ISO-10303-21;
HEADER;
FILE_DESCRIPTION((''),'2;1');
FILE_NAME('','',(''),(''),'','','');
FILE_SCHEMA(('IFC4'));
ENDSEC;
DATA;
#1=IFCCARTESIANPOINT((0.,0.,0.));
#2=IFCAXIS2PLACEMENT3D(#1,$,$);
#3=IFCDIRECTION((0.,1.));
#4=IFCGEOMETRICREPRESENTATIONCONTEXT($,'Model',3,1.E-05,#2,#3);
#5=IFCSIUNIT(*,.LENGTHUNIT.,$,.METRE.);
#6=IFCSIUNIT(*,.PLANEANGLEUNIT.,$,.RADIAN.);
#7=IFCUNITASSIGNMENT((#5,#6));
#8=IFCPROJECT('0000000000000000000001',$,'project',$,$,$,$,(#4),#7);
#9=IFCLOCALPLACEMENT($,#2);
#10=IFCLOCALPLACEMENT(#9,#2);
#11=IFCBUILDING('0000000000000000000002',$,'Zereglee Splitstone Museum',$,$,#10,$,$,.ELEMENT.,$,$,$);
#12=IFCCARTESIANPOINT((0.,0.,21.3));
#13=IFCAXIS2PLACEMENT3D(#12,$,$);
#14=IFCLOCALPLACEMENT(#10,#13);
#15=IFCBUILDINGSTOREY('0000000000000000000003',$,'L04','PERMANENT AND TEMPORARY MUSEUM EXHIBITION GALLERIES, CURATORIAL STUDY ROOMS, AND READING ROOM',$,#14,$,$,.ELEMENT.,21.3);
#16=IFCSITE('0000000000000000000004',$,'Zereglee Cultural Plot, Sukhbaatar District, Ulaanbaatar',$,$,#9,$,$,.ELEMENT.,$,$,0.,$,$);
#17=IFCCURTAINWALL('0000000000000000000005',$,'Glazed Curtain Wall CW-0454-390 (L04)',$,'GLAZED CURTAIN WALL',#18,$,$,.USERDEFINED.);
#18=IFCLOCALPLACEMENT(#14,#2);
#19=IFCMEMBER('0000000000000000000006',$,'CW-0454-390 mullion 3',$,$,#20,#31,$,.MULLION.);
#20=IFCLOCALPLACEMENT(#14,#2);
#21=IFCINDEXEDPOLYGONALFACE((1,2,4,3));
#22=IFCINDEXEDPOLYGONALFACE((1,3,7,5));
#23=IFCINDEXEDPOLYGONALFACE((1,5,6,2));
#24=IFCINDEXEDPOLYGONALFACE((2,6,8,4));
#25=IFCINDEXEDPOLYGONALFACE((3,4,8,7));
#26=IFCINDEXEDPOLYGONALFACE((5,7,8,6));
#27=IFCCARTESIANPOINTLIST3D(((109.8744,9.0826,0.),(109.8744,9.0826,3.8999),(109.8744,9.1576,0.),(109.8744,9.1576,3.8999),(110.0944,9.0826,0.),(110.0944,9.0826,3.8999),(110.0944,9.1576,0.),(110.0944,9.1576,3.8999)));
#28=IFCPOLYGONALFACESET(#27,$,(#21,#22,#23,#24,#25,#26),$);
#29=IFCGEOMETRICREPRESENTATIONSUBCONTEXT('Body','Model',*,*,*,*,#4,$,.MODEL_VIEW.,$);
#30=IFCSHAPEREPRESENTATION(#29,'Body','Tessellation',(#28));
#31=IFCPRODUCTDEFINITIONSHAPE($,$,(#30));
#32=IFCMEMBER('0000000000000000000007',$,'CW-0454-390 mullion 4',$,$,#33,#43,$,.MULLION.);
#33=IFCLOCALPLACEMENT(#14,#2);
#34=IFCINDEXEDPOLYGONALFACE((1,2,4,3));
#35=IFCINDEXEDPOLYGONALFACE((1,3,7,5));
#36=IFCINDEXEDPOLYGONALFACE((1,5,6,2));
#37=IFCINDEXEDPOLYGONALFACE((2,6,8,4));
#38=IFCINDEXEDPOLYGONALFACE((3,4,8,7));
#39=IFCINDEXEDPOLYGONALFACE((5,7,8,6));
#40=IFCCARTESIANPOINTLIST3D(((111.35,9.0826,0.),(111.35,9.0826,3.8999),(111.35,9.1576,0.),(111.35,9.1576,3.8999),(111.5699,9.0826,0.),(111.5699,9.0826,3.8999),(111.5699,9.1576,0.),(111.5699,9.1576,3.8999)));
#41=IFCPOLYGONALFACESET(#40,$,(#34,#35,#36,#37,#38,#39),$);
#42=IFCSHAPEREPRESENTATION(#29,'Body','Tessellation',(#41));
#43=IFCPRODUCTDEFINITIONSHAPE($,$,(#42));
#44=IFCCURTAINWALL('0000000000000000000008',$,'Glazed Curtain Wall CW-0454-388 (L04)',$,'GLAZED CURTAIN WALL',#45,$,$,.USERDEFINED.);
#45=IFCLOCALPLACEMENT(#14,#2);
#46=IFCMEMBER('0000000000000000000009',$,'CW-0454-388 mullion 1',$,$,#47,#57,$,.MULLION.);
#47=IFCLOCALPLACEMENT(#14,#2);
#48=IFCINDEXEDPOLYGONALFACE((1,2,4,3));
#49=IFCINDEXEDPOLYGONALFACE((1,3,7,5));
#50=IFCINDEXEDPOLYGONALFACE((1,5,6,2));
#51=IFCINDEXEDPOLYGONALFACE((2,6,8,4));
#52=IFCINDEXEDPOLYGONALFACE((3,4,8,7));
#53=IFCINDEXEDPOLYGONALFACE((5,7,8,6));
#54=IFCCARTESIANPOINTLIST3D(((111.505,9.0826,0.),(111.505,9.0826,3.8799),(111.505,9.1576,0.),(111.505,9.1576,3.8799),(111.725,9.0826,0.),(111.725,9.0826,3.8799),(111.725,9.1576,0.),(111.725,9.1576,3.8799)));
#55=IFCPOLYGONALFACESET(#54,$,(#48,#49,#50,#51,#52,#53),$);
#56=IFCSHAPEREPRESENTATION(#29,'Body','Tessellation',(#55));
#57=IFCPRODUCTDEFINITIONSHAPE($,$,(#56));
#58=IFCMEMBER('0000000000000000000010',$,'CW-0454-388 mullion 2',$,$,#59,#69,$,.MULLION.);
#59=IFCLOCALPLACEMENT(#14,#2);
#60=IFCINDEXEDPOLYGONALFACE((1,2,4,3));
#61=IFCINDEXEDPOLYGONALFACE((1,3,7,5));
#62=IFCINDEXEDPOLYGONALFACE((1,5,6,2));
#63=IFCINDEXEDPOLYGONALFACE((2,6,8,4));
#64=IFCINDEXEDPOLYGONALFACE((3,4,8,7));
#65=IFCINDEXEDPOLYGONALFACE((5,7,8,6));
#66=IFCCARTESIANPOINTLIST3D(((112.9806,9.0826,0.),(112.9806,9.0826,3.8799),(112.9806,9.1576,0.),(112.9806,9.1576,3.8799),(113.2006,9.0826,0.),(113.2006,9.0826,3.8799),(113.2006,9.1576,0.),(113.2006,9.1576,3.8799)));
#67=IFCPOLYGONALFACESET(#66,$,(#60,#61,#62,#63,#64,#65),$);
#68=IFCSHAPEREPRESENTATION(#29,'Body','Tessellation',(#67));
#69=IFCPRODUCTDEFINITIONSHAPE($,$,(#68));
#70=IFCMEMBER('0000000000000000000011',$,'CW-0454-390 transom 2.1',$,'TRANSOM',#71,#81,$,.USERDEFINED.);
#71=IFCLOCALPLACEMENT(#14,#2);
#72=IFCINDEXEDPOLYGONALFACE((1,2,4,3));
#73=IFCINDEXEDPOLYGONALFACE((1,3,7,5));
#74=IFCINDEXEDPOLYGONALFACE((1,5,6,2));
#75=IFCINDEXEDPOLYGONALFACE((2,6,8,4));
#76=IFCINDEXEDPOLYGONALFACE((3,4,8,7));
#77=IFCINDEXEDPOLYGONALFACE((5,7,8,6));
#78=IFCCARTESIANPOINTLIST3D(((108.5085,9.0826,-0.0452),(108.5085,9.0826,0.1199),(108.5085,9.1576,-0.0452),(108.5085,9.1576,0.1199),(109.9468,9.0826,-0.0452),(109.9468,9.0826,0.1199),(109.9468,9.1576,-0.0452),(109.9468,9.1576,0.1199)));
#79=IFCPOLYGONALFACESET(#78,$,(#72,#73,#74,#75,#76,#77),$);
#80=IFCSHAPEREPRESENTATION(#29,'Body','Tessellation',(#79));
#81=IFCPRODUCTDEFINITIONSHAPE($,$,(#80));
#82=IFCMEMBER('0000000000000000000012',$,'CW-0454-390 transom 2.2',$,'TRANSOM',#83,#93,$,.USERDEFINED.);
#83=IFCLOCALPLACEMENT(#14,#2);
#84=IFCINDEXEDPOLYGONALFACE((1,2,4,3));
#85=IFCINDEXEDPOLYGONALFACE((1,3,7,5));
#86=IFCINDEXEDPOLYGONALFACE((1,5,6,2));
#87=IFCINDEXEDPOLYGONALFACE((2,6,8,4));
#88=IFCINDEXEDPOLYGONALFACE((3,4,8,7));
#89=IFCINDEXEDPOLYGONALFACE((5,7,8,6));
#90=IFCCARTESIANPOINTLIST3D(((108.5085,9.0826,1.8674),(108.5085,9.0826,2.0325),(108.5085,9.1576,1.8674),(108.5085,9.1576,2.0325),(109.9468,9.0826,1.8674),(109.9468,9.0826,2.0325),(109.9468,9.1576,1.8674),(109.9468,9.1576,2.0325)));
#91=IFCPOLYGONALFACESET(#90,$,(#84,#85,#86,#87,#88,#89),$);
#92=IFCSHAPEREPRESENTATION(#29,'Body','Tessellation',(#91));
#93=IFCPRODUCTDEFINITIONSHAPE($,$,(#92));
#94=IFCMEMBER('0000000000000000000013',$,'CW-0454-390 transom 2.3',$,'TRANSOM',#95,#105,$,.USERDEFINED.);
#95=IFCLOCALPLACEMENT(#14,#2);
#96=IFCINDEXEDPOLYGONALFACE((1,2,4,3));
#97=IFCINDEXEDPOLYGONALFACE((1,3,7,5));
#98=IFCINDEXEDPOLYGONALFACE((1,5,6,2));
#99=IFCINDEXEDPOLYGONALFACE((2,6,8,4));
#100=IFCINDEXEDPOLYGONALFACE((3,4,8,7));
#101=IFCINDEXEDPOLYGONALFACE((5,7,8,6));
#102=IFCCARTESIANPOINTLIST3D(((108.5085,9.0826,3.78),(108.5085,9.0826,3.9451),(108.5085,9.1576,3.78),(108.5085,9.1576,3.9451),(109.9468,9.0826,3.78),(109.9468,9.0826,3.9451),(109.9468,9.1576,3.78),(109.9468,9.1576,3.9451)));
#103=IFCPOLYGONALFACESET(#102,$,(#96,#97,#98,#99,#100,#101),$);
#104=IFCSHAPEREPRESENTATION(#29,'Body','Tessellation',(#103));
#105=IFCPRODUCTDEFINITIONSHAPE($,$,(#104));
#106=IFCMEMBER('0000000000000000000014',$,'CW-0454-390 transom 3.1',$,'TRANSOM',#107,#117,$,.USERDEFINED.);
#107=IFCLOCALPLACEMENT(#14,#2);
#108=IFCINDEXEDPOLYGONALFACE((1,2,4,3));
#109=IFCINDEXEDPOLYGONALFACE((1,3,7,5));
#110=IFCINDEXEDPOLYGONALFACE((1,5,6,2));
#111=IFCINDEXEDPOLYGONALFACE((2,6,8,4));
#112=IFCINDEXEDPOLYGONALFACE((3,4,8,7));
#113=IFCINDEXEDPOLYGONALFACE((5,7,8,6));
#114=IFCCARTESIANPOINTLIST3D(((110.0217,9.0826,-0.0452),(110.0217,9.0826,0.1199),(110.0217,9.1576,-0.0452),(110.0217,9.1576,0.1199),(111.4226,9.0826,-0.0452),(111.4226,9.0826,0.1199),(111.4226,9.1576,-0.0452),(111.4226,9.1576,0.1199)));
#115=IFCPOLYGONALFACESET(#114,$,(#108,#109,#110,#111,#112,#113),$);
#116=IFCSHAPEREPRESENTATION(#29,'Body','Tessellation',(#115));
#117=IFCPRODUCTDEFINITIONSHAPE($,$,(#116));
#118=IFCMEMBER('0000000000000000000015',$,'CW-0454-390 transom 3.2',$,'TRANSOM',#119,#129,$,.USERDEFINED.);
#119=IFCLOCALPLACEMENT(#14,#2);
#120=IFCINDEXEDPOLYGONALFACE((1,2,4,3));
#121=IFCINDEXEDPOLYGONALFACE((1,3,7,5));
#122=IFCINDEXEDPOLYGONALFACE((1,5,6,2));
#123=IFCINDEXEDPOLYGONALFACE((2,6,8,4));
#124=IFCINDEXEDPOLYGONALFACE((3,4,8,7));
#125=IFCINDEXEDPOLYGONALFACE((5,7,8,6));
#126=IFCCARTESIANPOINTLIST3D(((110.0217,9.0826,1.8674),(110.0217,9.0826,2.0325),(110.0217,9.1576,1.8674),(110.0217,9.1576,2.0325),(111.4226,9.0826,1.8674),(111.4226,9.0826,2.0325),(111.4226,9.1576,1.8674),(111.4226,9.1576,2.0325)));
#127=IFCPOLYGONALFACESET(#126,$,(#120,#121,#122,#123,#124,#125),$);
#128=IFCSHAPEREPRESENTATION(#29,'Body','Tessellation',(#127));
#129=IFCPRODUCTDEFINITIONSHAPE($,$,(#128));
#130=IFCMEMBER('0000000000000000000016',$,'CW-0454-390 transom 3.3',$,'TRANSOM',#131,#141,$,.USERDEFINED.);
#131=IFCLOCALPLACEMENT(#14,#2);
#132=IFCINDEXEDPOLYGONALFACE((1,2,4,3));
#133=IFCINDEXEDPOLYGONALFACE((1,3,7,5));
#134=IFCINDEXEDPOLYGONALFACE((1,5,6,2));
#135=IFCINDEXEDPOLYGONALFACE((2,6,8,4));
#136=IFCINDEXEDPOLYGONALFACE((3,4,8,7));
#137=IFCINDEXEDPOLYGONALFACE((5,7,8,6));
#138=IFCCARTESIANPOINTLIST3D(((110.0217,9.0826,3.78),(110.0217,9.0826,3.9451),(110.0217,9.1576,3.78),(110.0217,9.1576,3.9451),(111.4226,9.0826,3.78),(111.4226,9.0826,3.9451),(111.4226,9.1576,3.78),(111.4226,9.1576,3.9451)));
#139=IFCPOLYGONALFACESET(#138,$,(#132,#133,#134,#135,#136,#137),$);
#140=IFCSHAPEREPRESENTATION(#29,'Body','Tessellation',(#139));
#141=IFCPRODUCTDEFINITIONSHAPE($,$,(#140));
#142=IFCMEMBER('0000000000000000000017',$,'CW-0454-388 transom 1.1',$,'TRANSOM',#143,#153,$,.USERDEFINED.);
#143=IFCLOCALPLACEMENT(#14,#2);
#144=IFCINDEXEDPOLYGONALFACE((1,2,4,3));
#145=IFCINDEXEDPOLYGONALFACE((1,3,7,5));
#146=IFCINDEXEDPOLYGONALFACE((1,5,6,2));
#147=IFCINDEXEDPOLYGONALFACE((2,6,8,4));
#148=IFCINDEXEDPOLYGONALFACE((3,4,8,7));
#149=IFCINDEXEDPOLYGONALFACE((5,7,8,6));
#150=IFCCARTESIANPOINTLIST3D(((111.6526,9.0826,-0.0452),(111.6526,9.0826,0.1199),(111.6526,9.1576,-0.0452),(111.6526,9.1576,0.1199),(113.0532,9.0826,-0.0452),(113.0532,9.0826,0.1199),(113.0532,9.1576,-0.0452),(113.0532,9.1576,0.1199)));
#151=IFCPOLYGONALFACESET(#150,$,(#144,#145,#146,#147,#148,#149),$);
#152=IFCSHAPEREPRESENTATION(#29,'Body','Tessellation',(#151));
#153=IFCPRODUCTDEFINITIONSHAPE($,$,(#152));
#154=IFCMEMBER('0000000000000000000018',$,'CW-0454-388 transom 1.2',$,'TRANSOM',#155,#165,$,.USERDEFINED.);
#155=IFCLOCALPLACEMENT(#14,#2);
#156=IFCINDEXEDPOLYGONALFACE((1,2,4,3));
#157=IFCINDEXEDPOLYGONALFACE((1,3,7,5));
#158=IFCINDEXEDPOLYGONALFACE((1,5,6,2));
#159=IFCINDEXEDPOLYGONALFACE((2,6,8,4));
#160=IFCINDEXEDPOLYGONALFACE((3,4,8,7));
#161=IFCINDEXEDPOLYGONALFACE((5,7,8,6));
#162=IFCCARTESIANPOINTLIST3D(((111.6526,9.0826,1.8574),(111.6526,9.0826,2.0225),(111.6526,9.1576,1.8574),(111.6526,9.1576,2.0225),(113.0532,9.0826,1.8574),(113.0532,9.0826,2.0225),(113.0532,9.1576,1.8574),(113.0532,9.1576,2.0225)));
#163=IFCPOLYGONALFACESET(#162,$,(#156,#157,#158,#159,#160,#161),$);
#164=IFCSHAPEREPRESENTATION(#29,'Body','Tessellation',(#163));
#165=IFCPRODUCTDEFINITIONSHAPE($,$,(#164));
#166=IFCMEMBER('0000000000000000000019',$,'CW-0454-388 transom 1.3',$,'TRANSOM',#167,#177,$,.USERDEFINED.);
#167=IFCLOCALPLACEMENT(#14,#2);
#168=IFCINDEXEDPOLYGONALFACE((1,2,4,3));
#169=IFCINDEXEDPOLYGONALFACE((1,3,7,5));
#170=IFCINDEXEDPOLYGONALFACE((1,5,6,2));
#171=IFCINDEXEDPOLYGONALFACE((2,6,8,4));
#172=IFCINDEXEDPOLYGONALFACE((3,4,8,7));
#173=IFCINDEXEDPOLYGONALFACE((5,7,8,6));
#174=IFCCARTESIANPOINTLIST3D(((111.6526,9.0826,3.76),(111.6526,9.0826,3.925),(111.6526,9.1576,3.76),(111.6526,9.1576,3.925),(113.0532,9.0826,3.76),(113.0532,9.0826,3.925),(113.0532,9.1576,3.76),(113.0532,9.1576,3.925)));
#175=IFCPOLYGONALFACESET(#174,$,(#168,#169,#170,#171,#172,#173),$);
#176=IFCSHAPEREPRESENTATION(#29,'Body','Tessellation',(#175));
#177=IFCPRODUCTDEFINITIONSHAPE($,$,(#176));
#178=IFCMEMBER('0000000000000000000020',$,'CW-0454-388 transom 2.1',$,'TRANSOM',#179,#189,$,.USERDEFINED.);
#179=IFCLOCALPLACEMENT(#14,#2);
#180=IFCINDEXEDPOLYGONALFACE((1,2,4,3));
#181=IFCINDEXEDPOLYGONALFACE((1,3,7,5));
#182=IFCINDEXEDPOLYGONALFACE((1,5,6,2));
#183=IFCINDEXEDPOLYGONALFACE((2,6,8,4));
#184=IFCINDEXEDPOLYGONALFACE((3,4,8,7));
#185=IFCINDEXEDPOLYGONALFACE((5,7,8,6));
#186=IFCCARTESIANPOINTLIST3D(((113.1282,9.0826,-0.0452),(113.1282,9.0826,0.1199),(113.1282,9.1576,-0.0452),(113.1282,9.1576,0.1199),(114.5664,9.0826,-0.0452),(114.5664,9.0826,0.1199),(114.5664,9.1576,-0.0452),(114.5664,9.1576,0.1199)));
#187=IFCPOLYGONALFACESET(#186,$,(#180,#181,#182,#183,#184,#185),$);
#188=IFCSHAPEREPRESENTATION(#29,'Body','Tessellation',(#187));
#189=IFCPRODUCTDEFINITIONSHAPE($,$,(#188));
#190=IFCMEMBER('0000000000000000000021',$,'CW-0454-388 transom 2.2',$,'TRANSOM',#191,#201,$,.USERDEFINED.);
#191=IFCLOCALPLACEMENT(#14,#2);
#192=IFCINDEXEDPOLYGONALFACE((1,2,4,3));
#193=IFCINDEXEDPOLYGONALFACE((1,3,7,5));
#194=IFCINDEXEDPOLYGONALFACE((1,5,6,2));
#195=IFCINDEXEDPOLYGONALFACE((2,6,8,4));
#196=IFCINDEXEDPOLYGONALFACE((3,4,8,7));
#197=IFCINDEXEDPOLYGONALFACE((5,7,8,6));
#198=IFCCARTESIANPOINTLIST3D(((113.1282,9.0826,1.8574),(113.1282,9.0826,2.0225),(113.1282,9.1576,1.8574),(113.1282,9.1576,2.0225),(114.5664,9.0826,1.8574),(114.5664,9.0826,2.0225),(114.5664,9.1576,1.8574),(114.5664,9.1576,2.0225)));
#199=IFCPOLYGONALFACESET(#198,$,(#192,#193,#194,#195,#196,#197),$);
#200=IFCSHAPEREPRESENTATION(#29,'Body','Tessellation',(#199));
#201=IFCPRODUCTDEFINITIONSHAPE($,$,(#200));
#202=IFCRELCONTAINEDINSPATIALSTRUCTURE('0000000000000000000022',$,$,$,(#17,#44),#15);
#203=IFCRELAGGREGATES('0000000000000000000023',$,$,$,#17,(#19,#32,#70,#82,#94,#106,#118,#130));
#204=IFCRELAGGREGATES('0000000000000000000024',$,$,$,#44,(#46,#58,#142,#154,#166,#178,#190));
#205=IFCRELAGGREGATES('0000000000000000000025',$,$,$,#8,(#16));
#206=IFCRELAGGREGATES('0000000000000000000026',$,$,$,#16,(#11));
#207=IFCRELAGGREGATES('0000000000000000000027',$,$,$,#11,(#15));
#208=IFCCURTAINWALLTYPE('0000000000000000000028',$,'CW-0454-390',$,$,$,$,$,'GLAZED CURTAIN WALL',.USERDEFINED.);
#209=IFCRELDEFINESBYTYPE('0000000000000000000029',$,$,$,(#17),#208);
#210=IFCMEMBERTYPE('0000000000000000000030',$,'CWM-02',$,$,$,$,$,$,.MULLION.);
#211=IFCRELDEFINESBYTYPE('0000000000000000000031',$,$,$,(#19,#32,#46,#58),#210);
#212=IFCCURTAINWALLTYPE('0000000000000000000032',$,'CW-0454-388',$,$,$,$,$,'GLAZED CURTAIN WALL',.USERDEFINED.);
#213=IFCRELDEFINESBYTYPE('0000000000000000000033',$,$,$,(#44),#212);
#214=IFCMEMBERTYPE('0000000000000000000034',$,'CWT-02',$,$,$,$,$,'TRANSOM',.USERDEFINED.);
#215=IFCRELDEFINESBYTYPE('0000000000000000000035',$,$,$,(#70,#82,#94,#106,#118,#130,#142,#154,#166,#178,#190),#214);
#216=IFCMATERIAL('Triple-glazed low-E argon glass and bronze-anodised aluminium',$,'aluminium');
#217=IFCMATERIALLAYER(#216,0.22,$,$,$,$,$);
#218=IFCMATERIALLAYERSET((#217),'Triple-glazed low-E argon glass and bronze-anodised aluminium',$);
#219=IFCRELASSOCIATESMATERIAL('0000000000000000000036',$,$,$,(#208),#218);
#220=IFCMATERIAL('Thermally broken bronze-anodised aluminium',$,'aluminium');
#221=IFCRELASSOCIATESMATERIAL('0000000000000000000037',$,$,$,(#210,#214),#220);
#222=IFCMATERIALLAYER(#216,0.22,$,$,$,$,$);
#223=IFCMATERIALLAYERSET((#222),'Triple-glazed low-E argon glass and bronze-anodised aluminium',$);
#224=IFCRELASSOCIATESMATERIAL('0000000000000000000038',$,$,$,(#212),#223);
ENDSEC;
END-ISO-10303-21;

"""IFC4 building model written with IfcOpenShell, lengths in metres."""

from ifc_helpers import new_model, si_unit, direction, frame, origin, origin_2d, place, context, subcontext, project, spatial, rectangle, extrude, material, layer, layer_set, material_profile, profile_set, type_object, element, aggregate, save


model = new_model("IFC4")

# Units and contexts
model_context = context("Model", 3, precision=1e-05, world=origin(), true_north=direction((0.0, 1.0)))
body_context = subcontext(model_context, "Body", "Model", "MODEL_VIEW")
ifc_project = project(units=[si_unit("LENGTHUNIT", "METRE"), si_unit("PLANEANGLEUNIT", "RADIAN")], contexts=[model_context])

# Site, building, storey
site_placement = place(None, origin())
site = spatial("IfcSite", under=ifc_project, at=site_placement, Name="Zereglee Cultural Plot, Sukhbaatar District, Ulaanbaatar", CompositionType="ELEMENT", RefElevation=0.0)
building_placement = place(site_placement, origin())
building = spatial("IfcBuilding", under=site, at=building_placement, Name="Zereglee Splitstone Museum", CompositionType="ELEMENT")
storey_placement = place(building_placement, frame((0.0, 0.0, 21.3)))
storey = spatial("IfcBuildingStorey", under=building, at=storey_placement, Name="L04", Description="PERMANENT AND TEMPORARY MUSEUM EXHIBITION GALLERIES, CURATORIAL STUDY ROOMS, AND READING ROOM", CompositionType="ELEMENT", Elevation=21.3)

# Curtain walls, members
ifc_material_1 = material(Name="Triple-glazed low-E argon glass and bronze-anodised aluminium", Category="aluminium")
ifc_layer_1 = layer(ifc_material_1, 0.22)
ifc_layer_set_1 = layer_set([ifc_layer_1], Name="Triple-glazed low-E argon glass and bronze-anodised aluminium")
curtain_wall_type_1 = type_object("IfcCurtainWallType", Name="CW-0454-390", ElementType="GLAZED CURTAIN WALL", PredefinedType="USERDEFINED", material=ifc_layer_set_1)
curtain_wall_1_placement = place(storey_placement, origin())
curtain_wall_1 = element("IfcCurtainWall", 1, at=curtain_wall_1_placement, inside=storey, type_object=curtain_wall_type_1, Name="Glazed Curtain Wall CW-0454-390 (L04)", ObjectType="GLAZED CURTAIN WALL", PredefinedType="USERDEFINED")
ifc_material_2 = material(Name="Thermally broken bronze-anodised aluminium", Category="aluminium")
ifc_material_profile_1 = material_profile(ifc_material_2, rectangle(XDim=0.075, YDim=0.22, at=origin_2d()), Name="CW MULL 75x220")
ifc_profile_set_1 = profile_set([ifc_material_profile_1], Name="Thermally broken bronze-anodised aluminium")
member_type_1 = type_object("IfcMemberType", Name="CWM-02", PredefinedType="MULLION", material=ifc_profile_set_1)
member_1_placement = place(storey_placement, frame((109.9844, 9.1201, 0.0), z_axis=(0.0, 0.0, 1.0), x_axis=(0.0, 1.0, 0.0)))
member_1 = element("IfcMember", 2, at=member_1_placement, type_object=member_type_1, Name="CW-0454-390 mullion 3", PredefinedType="MULLION", context=body_context, shape_type="SweptSolid", body=[
    extrude(rectangle(XDim=0.075, YDim=0.22, at=origin_2d()), origin(), (0.0, 0.0, 1.0), 3.8999),
])
member_2_placement = place(storey_placement, frame((111.46, 9.1201, 0.0), z_axis=(0.0, 0.0, 1.0), x_axis=(0.0, 1.0, 0.0)))
member_2 = element("IfcMember", 3, at=member_2_placement, type_object=member_type_1, Name="CW-0454-390 mullion 4", PredefinedType="MULLION", context=body_context, shape_type="SweptSolid", body=[
    extrude(rectangle(XDim=0.075, YDim=0.22, at=origin_2d()), origin(), (0.0, 0.0, 1.0), 3.8999),
])
ifc_layer_2 = layer(ifc_material_1, 0.22)
ifc_layer_set_2 = layer_set([ifc_layer_2], Name="Triple-glazed low-E argon glass and bronze-anodised aluminium")
curtain_wall_type_2 = type_object("IfcCurtainWallType", Name="CW-0454-388", ElementType="GLAZED CURTAIN WALL", PredefinedType="USERDEFINED", material=ifc_layer_set_2)
curtain_wall_2_placement = place(storey_placement, origin())
curtain_wall_2 = element("IfcCurtainWall", 4, at=curtain_wall_2_placement, inside=storey, type_object=curtain_wall_type_2, Name="Glazed Curtain Wall CW-0454-388 (L04)", ObjectType="GLAZED CURTAIN WALL", PredefinedType="USERDEFINED")
member_3_placement = place(storey_placement, frame((111.615, 9.1201, 0.0), z_axis=(0.0, 0.0, 1.0), x_axis=(0.0, 1.0, 0.0)))
member_3 = element("IfcMember", 5, at=member_3_placement, type_object=member_type_1, Name="CW-0454-388 mullion 1", PredefinedType="MULLION", context=body_context, shape_type="SweptSolid", body=[
    extrude(rectangle(XDim=0.075, YDim=0.22, at=origin_2d()), origin(), (0.0, 0.0, 1.0), 3.8799),
])
member_4_placement = place(storey_placement, frame((113.0906, 9.1201, 0.0), z_axis=(0.0, 0.0, 1.0), x_axis=(0.0, 1.0, 0.0)))
member_4 = element("IfcMember", 6, at=member_4_placement, type_object=member_type_1, Name="CW-0454-388 mullion 2", PredefinedType="MULLION", context=body_context, shape_type="SweptSolid", body=[
    extrude(rectangle(XDim=0.075, YDim=0.22, at=origin_2d()), origin(), (0.0, 0.0, 1.0), 3.8799),
])

# Members
ifc_material_profile_2 = material_profile(ifc_material_2, rectangle(XDim=0.075, YDim=0.165, at=origin_2d()), Name="CW TRAN 75x165")
ifc_profile_set_2 = profile_set([ifc_material_profile_2], Name="Thermally broken bronze-anodised aluminium")
member_type_2 = type_object("IfcMemberType", Name="CWT-02", ElementType="TRANSOM", PredefinedType="USERDEFINED", material=ifc_profile_set_2)
member_5_placement = place(storey_placement, frame((108.5085, 9.1201, 0.0374), z_axis=(1.0, 0.0, 0.0), x_axis=(0.0, 1.0, 0.0)))
member_5 = element("IfcMember", 7, at=member_5_placement, type_object=member_type_2, Name="CW-0454-390 transom 2.1", ObjectType="TRANSOM", PredefinedType="USERDEFINED", context=body_context, shape_type="SweptSolid", body=[
    extrude(rectangle(XDim=0.075, YDim=0.165, at=origin_2d()), origin(), (0.0, 0.0, 1.0), 1.4382),
])
member_6_placement = place(storey_placement, frame((108.5085, 9.1201, 1.95), z_axis=(1.0, 0.0, 0.0), x_axis=(0.0, 1.0, 0.0)))
member_6 = element("IfcMember", 8, at=member_6_placement, type_object=member_type_2, Name="CW-0454-390 transom 2.2", ObjectType="TRANSOM", PredefinedType="USERDEFINED", context=body_context, shape_type="SweptSolid", body=[
    extrude(rectangle(XDim=0.075, YDim=0.165, at=origin_2d()), origin(), (0.0, 0.0, 1.0), 1.4382),
])
member_7_placement = place(storey_placement, frame((108.5085, 9.1201, 3.8625), z_axis=(1.0, 0.0, 0.0), x_axis=(0.0, 1.0, 0.0)))
member_7 = element("IfcMember", 9, at=member_7_placement, type_object=member_type_2, Name="CW-0454-390 transom 2.3", ObjectType="TRANSOM", PredefinedType="USERDEFINED", context=body_context, shape_type="SweptSolid", body=[
    extrude(rectangle(XDim=0.075, YDim=0.165, at=origin_2d()), origin(), (0.0, 0.0, 1.0), 1.4382),
])
member_8_placement = place(storey_placement, frame((110.0217, 9.1201, 0.0374), z_axis=(1.0, 0.0, 0.0), x_axis=(0.0, 1.0, 0.0)))
member_8 = element("IfcMember", 10, at=member_8_placement, type_object=member_type_2, Name="CW-0454-390 transom 3.1", ObjectType="TRANSOM", PredefinedType="USERDEFINED", context=body_context, shape_type="SweptSolid", body=[
    extrude(rectangle(XDim=0.075, YDim=0.165, at=origin_2d()), origin(), (0.0, 0.0, 1.0), 1.4009),
])
member_9_placement = place(storey_placement, frame((110.0217, 9.1201, 1.95), z_axis=(1.0, 0.0, 0.0), x_axis=(0.0, 1.0, 0.0)))
member_9 = element("IfcMember", 11, at=member_9_placement, type_object=member_type_2, Name="CW-0454-390 transom 3.2", ObjectType="TRANSOM", PredefinedType="USERDEFINED", context=body_context, shape_type="SweptSolid", body=[
    extrude(rectangle(XDim=0.075, YDim=0.165, at=origin_2d()), origin(), (0.0, 0.0, 1.0), 1.4009),
])
member_10_placement = place(storey_placement, frame((110.0217, 9.1201, 3.8625), z_axis=(1.0, 0.0, 0.0), x_axis=(0.0, 1.0, 0.0)))
member_10 = element("IfcMember", 12, at=member_10_placement, type_object=member_type_2, Name="CW-0454-390 transom 3.3", ObjectType="TRANSOM", PredefinedType="USERDEFINED", context=body_context, shape_type="SweptSolid", body=[
    extrude(rectangle(XDim=0.075, YDim=0.165, at=origin_2d()), origin(), (0.0, 0.0, 1.0), 1.4009),
])
member_11_placement = place(storey_placement, frame((111.6526, 9.1201, 0.0374), z_axis=(1.0, 0.0, 0.0), x_axis=(0.0, 1.0, 0.0)))
member_11 = element("IfcMember", 13, at=member_11_placement, type_object=member_type_2, Name="CW-0454-388 transom 1.1", ObjectType="TRANSOM", PredefinedType="USERDEFINED", context=body_context, shape_type="SweptSolid", body=[
    extrude(rectangle(XDim=0.075, YDim=0.165, at=origin_2d()), origin(), (0.0, 0.0, 1.0), 1.4006),
])
member_12_placement = place(storey_placement, frame((111.6526, 9.1201, 1.9399), z_axis=(1.0, 0.0, 0.0), x_axis=(0.0, 1.0, 0.0)))
member_12 = element("IfcMember", 14, at=member_12_placement, type_object=member_type_2, Name="CW-0454-388 transom 1.2", ObjectType="TRANSOM", PredefinedType="USERDEFINED", context=body_context, shape_type="SweptSolid", body=[
    extrude(rectangle(XDim=0.075, YDim=0.165, at=origin_2d()), origin(), (0.0, 0.0, 1.0), 1.4006),
])
member_13_placement = place(storey_placement, frame((111.6526, 9.1201, 3.8425), z_axis=(1.0, 0.0, 0.0), x_axis=(0.0, 1.0, 0.0)))
member_13 = element("IfcMember", 15, at=member_13_placement, type_object=member_type_2, Name="CW-0454-388 transom 1.3", ObjectType="TRANSOM", PredefinedType="USERDEFINED", context=body_context, shape_type="SweptSolid", body=[
    extrude(rectangle(XDim=0.075, YDim=0.165, at=origin_2d()), origin(), (0.0, 0.0, 1.0), 1.4006),
])
member_14_placement = place(storey_placement, frame((113.1282, 9.1201, 0.0374), z_axis=(1.0, 0.0, 0.0), x_axis=(0.0, 1.0, 0.0)))
member_14 = element("IfcMember", 16, at=member_14_placement, type_object=member_type_2, Name="CW-0454-388 transom 2.1", ObjectType="TRANSOM", PredefinedType="USERDEFINED", context=body_context, shape_type="SweptSolid", body=[
    extrude(rectangle(XDim=0.075, YDim=0.165, at=origin_2d()), origin(), (0.0, 0.0, 1.0), 1.4382),
])
member_15_placement = place(storey_placement, frame((113.1282, 9.1201, 1.9399), z_axis=(1.0, 0.0, 0.0), x_axis=(0.0, 1.0, 0.0)))
member_15 = element("IfcMember", 17, at=member_15_placement, type_object=member_type_2, Name="CW-0454-388 transom 2.2", ObjectType="TRANSOM", PredefinedType="USERDEFINED", context=body_context, shape_type="SweptSolid", body=[
    extrude(rectangle(XDim=0.075, YDim=0.165, at=origin_2d()), origin(), (0.0, 0.0, 1.0), 1.4382),
])

aggregate(curtain_wall_1, [member_1, member_2, member_5, member_6, member_7, member_8, member_9, member_10])
aggregate(curtain_wall_2, [member_3, member_4, member_11, member_12, member_13, member_14, member_15])

save(model, "model.ifc")
